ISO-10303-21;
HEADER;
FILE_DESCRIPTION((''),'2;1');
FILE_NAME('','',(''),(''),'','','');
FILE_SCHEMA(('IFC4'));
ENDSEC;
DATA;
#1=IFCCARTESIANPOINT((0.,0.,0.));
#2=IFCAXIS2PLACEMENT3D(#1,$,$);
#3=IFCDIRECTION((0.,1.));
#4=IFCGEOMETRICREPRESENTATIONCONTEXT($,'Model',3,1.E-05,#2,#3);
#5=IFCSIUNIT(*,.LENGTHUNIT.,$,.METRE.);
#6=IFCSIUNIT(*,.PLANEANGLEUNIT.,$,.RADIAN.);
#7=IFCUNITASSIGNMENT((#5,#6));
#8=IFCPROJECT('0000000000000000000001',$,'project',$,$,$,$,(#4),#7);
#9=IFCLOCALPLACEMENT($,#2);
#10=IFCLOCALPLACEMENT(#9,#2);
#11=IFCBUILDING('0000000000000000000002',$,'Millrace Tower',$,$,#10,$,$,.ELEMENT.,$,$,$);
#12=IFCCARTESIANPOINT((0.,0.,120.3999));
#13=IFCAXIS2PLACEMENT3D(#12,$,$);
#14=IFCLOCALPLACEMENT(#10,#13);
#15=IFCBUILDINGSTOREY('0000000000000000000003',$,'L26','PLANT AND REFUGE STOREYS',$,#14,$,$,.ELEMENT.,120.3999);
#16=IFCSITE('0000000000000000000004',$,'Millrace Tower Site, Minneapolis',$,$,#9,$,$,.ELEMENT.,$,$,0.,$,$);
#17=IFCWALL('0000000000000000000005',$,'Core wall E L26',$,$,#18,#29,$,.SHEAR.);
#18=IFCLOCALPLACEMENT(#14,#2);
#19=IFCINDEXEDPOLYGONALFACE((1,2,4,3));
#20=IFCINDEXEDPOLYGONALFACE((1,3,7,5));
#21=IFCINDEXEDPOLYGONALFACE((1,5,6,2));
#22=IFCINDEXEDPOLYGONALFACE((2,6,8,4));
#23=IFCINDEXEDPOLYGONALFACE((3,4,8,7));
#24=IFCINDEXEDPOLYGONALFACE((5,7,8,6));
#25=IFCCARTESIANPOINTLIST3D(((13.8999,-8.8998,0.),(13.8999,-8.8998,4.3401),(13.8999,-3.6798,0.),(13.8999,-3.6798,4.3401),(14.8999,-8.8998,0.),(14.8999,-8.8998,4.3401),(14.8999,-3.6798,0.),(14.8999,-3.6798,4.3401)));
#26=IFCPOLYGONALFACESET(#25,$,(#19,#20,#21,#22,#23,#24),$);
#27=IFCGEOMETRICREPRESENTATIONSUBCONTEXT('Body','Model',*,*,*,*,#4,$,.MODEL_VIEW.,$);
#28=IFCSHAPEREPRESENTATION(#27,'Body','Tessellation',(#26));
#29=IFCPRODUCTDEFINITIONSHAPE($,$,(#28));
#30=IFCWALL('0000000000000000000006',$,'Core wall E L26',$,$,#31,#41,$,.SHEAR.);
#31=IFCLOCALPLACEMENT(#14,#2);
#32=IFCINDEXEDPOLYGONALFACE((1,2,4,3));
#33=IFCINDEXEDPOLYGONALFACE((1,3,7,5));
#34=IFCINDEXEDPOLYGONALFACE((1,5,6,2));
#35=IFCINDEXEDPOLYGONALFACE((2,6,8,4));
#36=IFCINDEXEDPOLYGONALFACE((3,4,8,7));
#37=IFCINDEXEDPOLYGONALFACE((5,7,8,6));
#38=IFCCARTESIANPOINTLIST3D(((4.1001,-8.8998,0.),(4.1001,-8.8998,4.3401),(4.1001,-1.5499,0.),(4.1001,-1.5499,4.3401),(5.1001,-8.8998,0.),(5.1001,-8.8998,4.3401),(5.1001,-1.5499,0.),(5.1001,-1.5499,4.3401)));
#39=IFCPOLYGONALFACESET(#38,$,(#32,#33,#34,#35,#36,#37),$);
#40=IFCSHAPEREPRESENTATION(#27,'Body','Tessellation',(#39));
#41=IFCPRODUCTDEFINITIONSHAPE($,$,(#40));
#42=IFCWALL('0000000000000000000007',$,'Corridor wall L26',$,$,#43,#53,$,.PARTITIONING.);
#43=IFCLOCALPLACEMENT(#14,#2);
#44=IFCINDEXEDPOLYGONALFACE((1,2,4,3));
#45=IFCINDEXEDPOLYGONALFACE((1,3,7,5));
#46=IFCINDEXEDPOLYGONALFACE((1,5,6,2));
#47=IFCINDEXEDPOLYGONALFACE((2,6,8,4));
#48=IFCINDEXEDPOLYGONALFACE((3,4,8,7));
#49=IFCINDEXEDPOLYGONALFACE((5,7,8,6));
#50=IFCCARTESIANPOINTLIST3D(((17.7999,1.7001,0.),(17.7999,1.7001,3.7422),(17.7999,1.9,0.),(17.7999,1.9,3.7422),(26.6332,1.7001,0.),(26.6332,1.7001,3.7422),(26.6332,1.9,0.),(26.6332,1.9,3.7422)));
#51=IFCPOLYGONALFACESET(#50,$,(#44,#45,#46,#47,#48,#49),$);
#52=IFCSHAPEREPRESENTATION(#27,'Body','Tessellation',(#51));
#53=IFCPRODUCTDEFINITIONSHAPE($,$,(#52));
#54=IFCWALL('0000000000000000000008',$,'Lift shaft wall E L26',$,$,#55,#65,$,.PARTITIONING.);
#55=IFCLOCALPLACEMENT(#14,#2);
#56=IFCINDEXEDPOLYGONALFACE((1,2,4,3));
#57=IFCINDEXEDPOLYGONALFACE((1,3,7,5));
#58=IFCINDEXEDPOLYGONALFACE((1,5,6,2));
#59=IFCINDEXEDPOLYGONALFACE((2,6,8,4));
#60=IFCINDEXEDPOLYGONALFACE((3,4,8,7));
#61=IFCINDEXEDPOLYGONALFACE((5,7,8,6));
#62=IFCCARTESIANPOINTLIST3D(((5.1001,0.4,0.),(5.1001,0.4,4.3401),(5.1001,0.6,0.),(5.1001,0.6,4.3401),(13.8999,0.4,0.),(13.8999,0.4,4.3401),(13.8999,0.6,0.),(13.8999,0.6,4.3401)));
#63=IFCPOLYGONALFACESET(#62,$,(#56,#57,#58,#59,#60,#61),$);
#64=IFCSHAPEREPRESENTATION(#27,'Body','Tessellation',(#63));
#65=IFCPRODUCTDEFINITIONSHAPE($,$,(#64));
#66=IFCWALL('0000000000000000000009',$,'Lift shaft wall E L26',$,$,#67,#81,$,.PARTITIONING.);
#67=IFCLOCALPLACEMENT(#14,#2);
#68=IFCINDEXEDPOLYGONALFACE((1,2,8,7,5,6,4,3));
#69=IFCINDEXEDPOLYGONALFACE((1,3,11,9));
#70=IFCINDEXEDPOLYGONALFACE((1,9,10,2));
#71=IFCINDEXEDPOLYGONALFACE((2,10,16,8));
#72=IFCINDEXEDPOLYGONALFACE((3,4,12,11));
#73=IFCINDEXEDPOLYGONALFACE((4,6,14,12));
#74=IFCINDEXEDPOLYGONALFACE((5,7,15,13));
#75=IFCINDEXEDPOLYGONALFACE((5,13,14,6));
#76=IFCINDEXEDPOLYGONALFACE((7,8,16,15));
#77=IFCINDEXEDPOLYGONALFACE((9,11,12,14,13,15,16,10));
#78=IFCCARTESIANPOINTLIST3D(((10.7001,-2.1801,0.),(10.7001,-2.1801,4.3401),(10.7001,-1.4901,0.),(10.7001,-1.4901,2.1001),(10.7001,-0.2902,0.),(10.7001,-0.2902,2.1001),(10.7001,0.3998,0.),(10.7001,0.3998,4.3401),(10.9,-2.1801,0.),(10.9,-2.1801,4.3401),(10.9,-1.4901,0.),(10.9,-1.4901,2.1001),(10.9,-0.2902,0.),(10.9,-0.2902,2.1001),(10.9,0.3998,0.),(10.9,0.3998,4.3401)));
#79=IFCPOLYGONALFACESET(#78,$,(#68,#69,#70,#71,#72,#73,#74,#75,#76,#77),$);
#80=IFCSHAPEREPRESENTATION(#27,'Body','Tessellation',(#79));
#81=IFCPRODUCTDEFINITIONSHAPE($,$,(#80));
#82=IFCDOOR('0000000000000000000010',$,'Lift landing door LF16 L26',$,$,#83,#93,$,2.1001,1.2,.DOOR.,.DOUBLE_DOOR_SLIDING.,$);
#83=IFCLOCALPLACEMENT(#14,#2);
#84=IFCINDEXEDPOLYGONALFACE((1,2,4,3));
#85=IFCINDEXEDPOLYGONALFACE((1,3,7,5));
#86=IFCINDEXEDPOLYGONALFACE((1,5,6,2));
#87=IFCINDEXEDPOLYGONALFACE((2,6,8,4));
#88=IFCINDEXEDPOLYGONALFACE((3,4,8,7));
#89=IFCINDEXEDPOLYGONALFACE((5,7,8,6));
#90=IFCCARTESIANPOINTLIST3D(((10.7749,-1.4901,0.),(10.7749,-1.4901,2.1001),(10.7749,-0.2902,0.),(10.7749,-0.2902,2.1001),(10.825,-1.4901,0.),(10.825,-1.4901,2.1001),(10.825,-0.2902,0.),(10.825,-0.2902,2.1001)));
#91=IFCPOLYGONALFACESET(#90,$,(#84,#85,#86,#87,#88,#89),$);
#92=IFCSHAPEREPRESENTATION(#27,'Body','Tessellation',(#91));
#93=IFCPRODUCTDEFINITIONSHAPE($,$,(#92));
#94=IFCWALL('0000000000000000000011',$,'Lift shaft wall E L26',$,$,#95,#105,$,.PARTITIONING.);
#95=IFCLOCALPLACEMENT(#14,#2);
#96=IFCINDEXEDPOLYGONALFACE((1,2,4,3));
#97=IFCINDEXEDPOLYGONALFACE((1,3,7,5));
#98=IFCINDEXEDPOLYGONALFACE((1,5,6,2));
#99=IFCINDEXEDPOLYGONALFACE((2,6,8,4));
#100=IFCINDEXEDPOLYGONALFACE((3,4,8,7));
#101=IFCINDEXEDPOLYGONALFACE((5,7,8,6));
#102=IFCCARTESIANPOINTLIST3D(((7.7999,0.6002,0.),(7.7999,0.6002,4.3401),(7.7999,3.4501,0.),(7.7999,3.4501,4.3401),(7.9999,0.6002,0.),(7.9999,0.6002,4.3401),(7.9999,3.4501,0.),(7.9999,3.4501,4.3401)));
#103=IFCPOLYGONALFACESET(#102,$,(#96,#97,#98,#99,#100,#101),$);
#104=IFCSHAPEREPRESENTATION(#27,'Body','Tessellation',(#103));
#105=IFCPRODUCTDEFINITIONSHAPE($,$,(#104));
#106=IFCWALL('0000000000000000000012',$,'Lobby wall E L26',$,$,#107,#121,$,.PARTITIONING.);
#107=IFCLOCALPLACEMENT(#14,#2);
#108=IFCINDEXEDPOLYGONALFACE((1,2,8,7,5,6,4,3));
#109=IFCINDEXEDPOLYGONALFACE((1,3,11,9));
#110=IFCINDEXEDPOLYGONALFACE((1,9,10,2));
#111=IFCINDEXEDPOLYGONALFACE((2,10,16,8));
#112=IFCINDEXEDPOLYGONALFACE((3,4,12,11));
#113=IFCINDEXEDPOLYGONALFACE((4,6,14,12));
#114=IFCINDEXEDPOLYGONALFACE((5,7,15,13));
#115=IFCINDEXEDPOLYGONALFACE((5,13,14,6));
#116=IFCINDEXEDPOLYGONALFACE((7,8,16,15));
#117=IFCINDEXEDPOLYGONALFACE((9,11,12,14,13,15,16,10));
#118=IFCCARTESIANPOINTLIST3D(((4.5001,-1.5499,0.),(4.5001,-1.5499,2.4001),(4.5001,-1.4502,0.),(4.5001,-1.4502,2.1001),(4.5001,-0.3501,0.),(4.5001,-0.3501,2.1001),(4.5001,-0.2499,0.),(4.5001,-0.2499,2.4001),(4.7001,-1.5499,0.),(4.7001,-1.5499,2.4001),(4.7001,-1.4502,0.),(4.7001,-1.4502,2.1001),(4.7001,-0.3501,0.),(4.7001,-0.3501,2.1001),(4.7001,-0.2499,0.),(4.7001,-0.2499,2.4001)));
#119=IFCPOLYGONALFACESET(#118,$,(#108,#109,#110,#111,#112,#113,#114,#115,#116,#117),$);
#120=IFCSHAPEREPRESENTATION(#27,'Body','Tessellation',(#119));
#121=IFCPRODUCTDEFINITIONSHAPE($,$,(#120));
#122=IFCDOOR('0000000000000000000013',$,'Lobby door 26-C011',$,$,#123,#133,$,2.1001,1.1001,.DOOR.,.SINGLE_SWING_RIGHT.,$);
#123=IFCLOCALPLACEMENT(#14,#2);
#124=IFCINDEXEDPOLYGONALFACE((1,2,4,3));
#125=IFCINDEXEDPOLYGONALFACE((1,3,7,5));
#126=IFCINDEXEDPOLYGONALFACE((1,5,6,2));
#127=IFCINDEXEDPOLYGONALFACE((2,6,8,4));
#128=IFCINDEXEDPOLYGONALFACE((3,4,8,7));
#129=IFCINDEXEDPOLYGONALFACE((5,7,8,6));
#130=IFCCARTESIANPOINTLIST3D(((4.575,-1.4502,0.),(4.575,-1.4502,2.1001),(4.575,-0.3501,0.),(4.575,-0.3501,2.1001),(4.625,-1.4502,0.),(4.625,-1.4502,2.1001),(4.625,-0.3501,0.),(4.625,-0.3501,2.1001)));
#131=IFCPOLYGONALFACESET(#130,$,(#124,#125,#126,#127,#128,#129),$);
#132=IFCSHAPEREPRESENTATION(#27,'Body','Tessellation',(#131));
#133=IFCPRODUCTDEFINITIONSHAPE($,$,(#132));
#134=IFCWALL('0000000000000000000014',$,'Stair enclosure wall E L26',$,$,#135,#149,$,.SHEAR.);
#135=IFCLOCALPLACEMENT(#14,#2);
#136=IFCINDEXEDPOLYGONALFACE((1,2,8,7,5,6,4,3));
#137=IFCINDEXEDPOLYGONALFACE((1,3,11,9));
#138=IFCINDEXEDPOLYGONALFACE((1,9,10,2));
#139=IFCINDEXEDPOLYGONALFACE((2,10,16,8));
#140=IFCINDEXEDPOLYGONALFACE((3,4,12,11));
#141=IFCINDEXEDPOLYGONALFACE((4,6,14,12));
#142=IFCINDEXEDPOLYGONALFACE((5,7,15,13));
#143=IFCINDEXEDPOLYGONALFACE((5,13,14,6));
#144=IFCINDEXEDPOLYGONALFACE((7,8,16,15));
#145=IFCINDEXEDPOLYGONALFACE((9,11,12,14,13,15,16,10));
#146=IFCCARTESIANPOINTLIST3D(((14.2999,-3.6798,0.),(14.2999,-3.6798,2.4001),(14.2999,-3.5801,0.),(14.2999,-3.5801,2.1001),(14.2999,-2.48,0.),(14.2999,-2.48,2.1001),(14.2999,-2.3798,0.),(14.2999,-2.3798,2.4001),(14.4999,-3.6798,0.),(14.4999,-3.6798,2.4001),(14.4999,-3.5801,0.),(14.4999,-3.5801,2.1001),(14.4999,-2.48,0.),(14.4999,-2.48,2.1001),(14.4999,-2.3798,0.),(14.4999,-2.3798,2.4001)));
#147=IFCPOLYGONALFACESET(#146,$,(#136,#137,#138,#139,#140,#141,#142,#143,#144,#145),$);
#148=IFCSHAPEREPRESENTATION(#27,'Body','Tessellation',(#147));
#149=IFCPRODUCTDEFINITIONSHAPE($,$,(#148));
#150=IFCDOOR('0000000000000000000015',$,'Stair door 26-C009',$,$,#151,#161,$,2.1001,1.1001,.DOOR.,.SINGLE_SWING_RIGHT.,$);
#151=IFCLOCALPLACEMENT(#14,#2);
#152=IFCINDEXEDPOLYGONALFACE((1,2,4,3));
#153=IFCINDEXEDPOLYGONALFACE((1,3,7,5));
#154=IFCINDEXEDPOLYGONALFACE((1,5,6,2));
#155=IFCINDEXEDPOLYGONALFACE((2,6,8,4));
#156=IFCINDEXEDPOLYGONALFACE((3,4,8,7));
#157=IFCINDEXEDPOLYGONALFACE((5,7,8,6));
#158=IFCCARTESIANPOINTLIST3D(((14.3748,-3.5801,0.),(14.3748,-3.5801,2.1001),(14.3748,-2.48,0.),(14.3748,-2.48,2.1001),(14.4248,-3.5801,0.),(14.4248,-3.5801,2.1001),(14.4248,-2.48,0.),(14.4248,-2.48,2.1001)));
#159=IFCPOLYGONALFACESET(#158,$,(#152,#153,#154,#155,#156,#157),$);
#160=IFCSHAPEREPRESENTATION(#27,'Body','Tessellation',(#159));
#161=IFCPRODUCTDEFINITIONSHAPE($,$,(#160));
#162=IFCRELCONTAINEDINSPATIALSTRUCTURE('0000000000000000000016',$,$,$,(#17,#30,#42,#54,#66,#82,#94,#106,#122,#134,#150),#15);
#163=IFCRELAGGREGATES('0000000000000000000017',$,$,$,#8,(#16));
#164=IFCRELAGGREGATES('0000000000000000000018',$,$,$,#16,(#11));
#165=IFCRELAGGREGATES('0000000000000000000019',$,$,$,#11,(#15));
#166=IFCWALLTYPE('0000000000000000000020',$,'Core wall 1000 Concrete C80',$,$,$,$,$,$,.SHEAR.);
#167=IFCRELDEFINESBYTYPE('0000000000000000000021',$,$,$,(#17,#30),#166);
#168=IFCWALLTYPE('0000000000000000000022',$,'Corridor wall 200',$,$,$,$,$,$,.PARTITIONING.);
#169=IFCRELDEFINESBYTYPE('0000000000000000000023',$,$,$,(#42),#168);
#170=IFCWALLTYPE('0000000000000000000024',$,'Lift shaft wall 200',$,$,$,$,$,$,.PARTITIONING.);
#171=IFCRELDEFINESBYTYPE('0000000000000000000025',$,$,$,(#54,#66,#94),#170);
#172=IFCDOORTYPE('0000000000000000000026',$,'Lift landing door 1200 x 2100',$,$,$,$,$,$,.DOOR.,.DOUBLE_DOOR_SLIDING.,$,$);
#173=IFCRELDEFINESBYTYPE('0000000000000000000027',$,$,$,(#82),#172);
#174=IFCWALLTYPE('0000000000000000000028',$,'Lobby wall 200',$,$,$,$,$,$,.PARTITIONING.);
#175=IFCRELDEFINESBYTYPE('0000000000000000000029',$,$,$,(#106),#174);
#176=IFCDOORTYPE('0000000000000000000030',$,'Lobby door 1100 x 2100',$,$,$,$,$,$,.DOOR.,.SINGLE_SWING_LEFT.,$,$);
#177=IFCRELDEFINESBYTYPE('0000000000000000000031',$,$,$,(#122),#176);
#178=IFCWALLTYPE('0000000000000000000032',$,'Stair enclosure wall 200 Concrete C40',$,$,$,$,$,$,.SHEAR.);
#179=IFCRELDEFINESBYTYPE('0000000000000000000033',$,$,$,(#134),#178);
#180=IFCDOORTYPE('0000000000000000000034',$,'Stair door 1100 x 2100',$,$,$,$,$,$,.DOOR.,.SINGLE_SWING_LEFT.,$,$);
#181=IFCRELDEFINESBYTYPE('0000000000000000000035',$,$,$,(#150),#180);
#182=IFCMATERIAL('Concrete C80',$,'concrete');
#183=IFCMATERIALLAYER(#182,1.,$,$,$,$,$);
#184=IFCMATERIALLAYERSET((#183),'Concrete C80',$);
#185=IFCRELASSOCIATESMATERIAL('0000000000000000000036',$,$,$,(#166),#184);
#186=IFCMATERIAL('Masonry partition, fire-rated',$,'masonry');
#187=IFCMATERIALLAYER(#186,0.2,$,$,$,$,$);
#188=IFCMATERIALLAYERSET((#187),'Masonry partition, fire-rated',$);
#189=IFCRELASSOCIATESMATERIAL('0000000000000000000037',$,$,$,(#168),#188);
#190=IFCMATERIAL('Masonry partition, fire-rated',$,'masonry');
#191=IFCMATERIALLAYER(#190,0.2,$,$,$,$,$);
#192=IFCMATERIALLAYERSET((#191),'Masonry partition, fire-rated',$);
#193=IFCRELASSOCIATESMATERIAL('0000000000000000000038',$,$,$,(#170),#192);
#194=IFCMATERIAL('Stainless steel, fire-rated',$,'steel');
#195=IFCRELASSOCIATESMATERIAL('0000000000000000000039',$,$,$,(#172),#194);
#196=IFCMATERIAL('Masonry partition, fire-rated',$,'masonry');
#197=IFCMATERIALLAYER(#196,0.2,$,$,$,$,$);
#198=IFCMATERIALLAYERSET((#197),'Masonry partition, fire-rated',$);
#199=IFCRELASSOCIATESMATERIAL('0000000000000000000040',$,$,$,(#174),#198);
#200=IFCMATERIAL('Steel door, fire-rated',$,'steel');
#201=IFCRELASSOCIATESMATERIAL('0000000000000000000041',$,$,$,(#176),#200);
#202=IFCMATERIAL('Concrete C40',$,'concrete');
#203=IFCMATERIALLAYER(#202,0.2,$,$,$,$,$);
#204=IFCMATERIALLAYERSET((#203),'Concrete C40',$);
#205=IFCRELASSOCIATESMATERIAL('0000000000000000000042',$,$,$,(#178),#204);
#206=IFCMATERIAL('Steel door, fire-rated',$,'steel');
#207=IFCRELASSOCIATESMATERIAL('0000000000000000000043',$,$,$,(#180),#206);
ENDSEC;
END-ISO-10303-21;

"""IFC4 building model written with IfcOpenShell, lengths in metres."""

from ifc_helpers import new_model, si_unit, direction, frame, frame_2d, origin, place, context, subcontext, project, spatial, rectangle, extrude, material, layer, layer_set, type_object, element, fill, save


model = new_model("IFC4")

# Units and contexts
model_context = context("Model", 3, precision=1e-05, world=origin(), true_north=direction((0.0, 1.0)))
body_context = subcontext(model_context, "Body", "Model", "MODEL_VIEW")
ifc_project = project(units=[si_unit("LENGTHUNIT", "METRE"), si_unit("PLANEANGLEUNIT", "RADIAN")], contexts=[model_context])

# Site, building, storey
site_placement = place(None, origin())
site = spatial("IfcSite", under=ifc_project, at=site_placement, Name="Millrace Tower Site, Minneapolis", CompositionType="ELEMENT", RefElevation=0.0)
building_placement = place(site_placement, origin())
building = spatial("IfcBuilding", under=site, at=building_placement, Name="Millrace Tower", CompositionType="ELEMENT")
storey_placement = place(building_placement, frame((0.0, 0.0, 120.3999)))
storey = spatial("IfcBuildingStorey", under=building, at=storey_placement, Name="L26", Description="PLANT AND REFUGE STOREYS", CompositionType="ELEMENT", Elevation=120.3999)

# Walls
ifc_material_1 = material(Name="Concrete C80", Category="concrete")
ifc_layer_1 = layer(ifc_material_1, 1.0)
ifc_layer_set_1 = layer_set([ifc_layer_1], Name="Concrete C80")
wall_type_1 = type_object("IfcWallType", Name="Core wall 1000 Concrete C80", PredefinedType="SHEAR", material=ifc_layer_set_1)
wall_1_placement = place(storey_placement, frame((14.3999, -3.6799, 0.0), z_axis=(0.0, 0.0, 1.0), x_axis=(0.0, -1.0, 0.0)))
element("IfcWall", 1, at=wall_1_placement, inside=storey, type_object=wall_type_1, Name="Core wall E L26", PredefinedType="SHEAR", context=body_context, shape_type="SweptSolid", body=[
    extrude(rectangle(XDim=5.22, YDim=1.0, at=frame_2d((2.6099, 0.0))), origin(), (0.0, 0.0, 1.0), 4.3401),
])
wall_2_placement = place(storey_placement, frame((4.6001, -1.55, 0.0), z_axis=(0.0, 0.0, 1.0), x_axis=(0.0, -1.0, 0.0)))
element("IfcWall", 2, at=wall_2_placement, inside=storey, type_object=wall_type_1, Name="Core wall E L26", PredefinedType="SHEAR", context=body_context, shape_type="SweptSolid", body=[
    extrude(rectangle(XDim=7.3499, YDim=1.0, at=frame_2d((3.6748, 0.0))), origin(), (0.0, 0.0, 1.0), 4.3401),
])
ifc_material_2 = material(Name="Masonry partition, fire-rated", Category="masonry")
ifc_layer_2 = layer(ifc_material_2, 0.2)
ifc_layer_set_2 = layer_set([ifc_layer_2], Name="Masonry partition, fire-rated")
wall_type_2 = type_object("IfcWallType", Name="Corridor wall 200", PredefinedType="PARTITIONING", material=ifc_layer_set_2)
wall_3_placement = place(storey_placement, frame((17.8, 1.8, 0.0), z_axis=(0.0, 0.0, 1.0), x_axis=(1.0, 0.0, 0.0)))
element("IfcWall", 3, at=wall_3_placement, inside=storey, type_object=wall_type_2, Name="Corridor wall L26", PredefinedType="PARTITIONING", context=body_context, shape_type="SweptSolid", body=[
    extrude(rectangle(XDim=8.8333, YDim=0.2, at=frame_2d((4.4165, 0.0))), origin(), (0.0, 0.0, 1.0), 3.7422),
])
ifc_material_3 = material(Name="Masonry partition, fire-rated", Category="masonry")
ifc_layer_3 = layer(ifc_material_3, 0.2)
ifc_layer_set_3 = layer_set([ifc_layer_3], Name="Masonry partition, fire-rated")
wall_type_3 = type_object("IfcWallType", Name="Lift shaft wall 200", PredefinedType="PARTITIONING", material=ifc_layer_set_3)
wall_4_placement = place(storey_placement, frame((13.8999, 0.5, 0.0), z_axis=(0.0, 0.0, 1.0), x_axis=(-1.0, 0.0, 0.0)))
element("IfcWall", 4, at=wall_4_placement, inside=storey, type_object=wall_type_3, Name="Lift shaft wall E L26", PredefinedType="PARTITIONING", context=body_context, shape_type="SweptSolid", body=[
    extrude(rectangle(XDim=8.7998, YDim=0.2, at=frame_2d((4.3999, 0.0))), origin(), (0.0, 0.0, 1.0), 4.3401),
])

# Wall, opening, door
wall_5_placement = place(storey_placement, frame((10.8, 0.3999, 0.0), z_axis=(0.0, 0.0, 1.0), x_axis=(0.0, -1.0, 0.0)))
wall_5 = element("IfcWall", 5, at=wall_5_placement, inside=storey, type_object=wall_type_3, Name="Lift shaft wall E L26", PredefinedType="PARTITIONING", context=body_context, shape_type="SweptSolid", body=[
    extrude(rectangle(XDim=2.5798, YDim=0.2, at=frame_2d((1.29, 0.0))), origin(), (0.0, 0.0, 1.0), 4.3401),
])
opening_1_placement = place(wall_5_placement, frame((0.6899, 0.0, 0.0)))
opening_1 = element("IfcOpeningElement", 6, at=opening_1_placement, cuts=wall_5, PredefinedType="OPENING", context=body_context, shape_type="SweptSolid", body=[
    extrude(rectangle(XDim=1.2, YDim=2.1001, at=frame_2d((0.6001, 1.05))), frame((0.0, 0.1099, 0.0), z_axis=(0.0, -1.0, 0.0), x_axis=(1.0, 0.0, 0.0)), (0.0, 0.0, 1.0), 0.22),
])
ifc_material_4 = material(Name="Stainless steel, fire-rated", Category="steel")
door_type_1 = type_object("IfcDoorType", Name="Lift landing door 1200 x 2100", OperationType="DOUBLE_DOOR_SLIDING", PredefinedType="DOOR", material=ifc_material_4)
door_1_placement = place(opening_1_placement, origin())
door_1 = element("IfcDoor", 7, at=door_1_placement, inside=storey, type_object=door_type_1, Name="Lift landing door LF16 L26", OperationType="DOUBLE_DOOR_SLIDING", OverallHeight=2.1001, OverallWidth=1.2, PredefinedType="DOOR", context=body_context, shape_type="SweptSolid", body=[
    extrude(rectangle(XDim=1.2, YDim=2.1001, at=frame_2d((0.6001, 1.05))), frame((0.0, 0.0249, 0.0), z_axis=(0.0, -1.0, 0.0), x_axis=(1.0, 0.0, 0.0)), (0.0, 0.0, 1.0), 0.05),
])
fill(opening_1, door_1)

# Wall
wall_6_placement = place(storey_placement, frame((7.8999, 3.45, 0.0), z_axis=(0.0, 0.0, 1.0), x_axis=(0.0, -1.0, 0.0)))
element("IfcWall", 8, at=wall_6_placement, inside=storey, type_object=wall_type_3, Name="Lift shaft wall E L26", PredefinedType="PARTITIONING", context=body_context, shape_type="SweptSolid", body=[
    extrude(rectangle(XDim=2.8499, YDim=0.2, at=frame_2d((1.4248, 0.0))), origin(), (0.0, 0.0, 1.0), 4.3401),
])

# Walls, openings, doors
ifc_material_5 = material(Name="Masonry partition, fire-rated", Category="masonry")
ifc_layer_4 = layer(ifc_material_5, 0.2)
ifc_layer_set_4 = layer_set([ifc_layer_4], Name="Masonry partition, fire-rated")
wall_type_4 = type_object("IfcWallType", Name="Lobby wall 200", PredefinedType="PARTITIONING", material=ifc_layer_set_4)
wall_7_placement = place(storey_placement, frame((4.6001, -0.25, 0.0), z_axis=(0.0, 0.0, 1.0), x_axis=(0.0, -1.0, 0.0)))
wall_7 = element("IfcWall", 9, at=wall_7_placement, inside=storey, type_object=wall_type_4, Name="Lobby wall E L26", PredefinedType="PARTITIONING", context=body_context, shape_type="SweptSolid", body=[
    extrude(rectangle(XDim=1.3, YDim=0.2, at=frame_2d((0.6499, 0.0))), origin(), (0.0, 0.0, 1.0), 2.4001),
])
opening_2_placement = place(wall_7_placement, frame((0.1001, 0.0, 0.0)))
opening_2 = element("IfcOpeningElement", 10, at=opening_2_placement, cuts=wall_7, PredefinedType="OPENING", context=body_context, shape_type="SweptSolid", body=[
    extrude(rectangle(XDim=1.1001, YDim=2.1001, at=frame_2d((0.55, 1.05))), frame((0.0, 0.1099, 0.0), z_axis=(0.0, -1.0, 0.0), x_axis=(1.0, 0.0, 0.0)), (0.0, 0.0, 1.0), 0.22),
])
ifc_material_6 = material(Name="Steel door, fire-rated", Category="steel")
door_type_2 = type_object("IfcDoorType", Name="Lobby door 1100 x 2100", OperationType="SINGLE_SWING_LEFT", PredefinedType="DOOR", material=ifc_material_6)
door_2_placement = place(opening_2_placement, origin())
door_2 = element("IfcDoor", 11, at=door_2_placement, inside=storey, type_object=door_type_2, Name="Lobby door 26-C011", OperationType="SINGLE_SWING_RIGHT", OverallHeight=2.1001, OverallWidth=1.1001, PredefinedType="DOOR", context=body_context, shape_type="SweptSolid", body=[
    extrude(rectangle(XDim=1.1001, YDim=2.1001, at=frame_2d((0.55, 1.05))), frame((0.0, 0.0249, 0.0), z_axis=(0.0, -1.0, 0.0), x_axis=(1.0, 0.0, 0.0)), (0.0, 0.0, 1.0), 0.05),
])
fill(opening_2, door_2)
ifc_material_7 = material(Name="Concrete C40", Category="concrete")
ifc_layer_5 = layer(ifc_material_7, 0.2)
ifc_layer_set_5 = layer_set([ifc_layer_5], Name="Concrete C40")
wall_type_5 = type_object("IfcWallType", Name="Stair enclosure wall 200 Concrete C40", PredefinedType="SHEAR", material=ifc_layer_set_5)
wall_8_placement = place(storey_placement, frame((14.3999, -2.3799, 0.0), z_axis=(0.0, 0.0, 1.0), x_axis=(0.0, -1.0, 0.0)))
wall_8 = element("IfcWall", 12, at=wall_8_placement, inside=storey, type_object=wall_type_5, Name="Stair enclosure wall E L26", PredefinedType="SHEAR", context=body_context, shape_type="SweptSolid", body=[
    extrude(rectangle(XDim=1.3, YDim=0.2, at=frame_2d((0.6499, 0.0))), origin(), (0.0, 0.0, 1.0), 2.4001),
])
opening_3_placement = place(wall_8_placement, frame((0.1001, 0.0, 0.0)))
opening_3 = element("IfcOpeningElement", 13, at=opening_3_placement, cuts=wall_8, PredefinedType="OPENING", context=body_context, shape_type="SweptSolid", body=[
    extrude(rectangle(XDim=1.1001, YDim=2.1001, at=frame_2d((0.55, 1.05))), frame((0.0, 0.1099, 0.0), z_axis=(0.0, -1.0, 0.0), x_axis=(1.0, 0.0, 0.0)), (0.0, 0.0, 1.0), 0.22),
])
ifc_material_8 = material(Name="Steel door, fire-rated", Category="steel")
door_type_3 = type_object("IfcDoorType", Name="Stair door 1100 x 2100", OperationType="SINGLE_SWING_LEFT", PredefinedType="DOOR", material=ifc_material_8)
door_3_placement = place(opening_3_placement, origin())
door_3 = element("IfcDoor", 14, at=door_3_placement, inside=storey, type_object=door_type_3, Name="Stair door 26-C009", OperationType="SINGLE_SWING_RIGHT", OverallHeight=2.1001, OverallWidth=1.1001, PredefinedType="DOOR", context=body_context, shape_type="SweptSolid", body=[
    extrude(rectangle(XDim=1.1001, YDim=2.1001, at=frame_2d((0.55, 1.05))), frame((0.0, 0.0249, 0.0), z_axis=(0.0, -1.0, 0.0), x_axis=(1.0, 0.0, 0.0)), (0.0, 0.0, 1.0), 0.05),
])
fill(opening_3, door_3)

save(model, "model.ifc")
